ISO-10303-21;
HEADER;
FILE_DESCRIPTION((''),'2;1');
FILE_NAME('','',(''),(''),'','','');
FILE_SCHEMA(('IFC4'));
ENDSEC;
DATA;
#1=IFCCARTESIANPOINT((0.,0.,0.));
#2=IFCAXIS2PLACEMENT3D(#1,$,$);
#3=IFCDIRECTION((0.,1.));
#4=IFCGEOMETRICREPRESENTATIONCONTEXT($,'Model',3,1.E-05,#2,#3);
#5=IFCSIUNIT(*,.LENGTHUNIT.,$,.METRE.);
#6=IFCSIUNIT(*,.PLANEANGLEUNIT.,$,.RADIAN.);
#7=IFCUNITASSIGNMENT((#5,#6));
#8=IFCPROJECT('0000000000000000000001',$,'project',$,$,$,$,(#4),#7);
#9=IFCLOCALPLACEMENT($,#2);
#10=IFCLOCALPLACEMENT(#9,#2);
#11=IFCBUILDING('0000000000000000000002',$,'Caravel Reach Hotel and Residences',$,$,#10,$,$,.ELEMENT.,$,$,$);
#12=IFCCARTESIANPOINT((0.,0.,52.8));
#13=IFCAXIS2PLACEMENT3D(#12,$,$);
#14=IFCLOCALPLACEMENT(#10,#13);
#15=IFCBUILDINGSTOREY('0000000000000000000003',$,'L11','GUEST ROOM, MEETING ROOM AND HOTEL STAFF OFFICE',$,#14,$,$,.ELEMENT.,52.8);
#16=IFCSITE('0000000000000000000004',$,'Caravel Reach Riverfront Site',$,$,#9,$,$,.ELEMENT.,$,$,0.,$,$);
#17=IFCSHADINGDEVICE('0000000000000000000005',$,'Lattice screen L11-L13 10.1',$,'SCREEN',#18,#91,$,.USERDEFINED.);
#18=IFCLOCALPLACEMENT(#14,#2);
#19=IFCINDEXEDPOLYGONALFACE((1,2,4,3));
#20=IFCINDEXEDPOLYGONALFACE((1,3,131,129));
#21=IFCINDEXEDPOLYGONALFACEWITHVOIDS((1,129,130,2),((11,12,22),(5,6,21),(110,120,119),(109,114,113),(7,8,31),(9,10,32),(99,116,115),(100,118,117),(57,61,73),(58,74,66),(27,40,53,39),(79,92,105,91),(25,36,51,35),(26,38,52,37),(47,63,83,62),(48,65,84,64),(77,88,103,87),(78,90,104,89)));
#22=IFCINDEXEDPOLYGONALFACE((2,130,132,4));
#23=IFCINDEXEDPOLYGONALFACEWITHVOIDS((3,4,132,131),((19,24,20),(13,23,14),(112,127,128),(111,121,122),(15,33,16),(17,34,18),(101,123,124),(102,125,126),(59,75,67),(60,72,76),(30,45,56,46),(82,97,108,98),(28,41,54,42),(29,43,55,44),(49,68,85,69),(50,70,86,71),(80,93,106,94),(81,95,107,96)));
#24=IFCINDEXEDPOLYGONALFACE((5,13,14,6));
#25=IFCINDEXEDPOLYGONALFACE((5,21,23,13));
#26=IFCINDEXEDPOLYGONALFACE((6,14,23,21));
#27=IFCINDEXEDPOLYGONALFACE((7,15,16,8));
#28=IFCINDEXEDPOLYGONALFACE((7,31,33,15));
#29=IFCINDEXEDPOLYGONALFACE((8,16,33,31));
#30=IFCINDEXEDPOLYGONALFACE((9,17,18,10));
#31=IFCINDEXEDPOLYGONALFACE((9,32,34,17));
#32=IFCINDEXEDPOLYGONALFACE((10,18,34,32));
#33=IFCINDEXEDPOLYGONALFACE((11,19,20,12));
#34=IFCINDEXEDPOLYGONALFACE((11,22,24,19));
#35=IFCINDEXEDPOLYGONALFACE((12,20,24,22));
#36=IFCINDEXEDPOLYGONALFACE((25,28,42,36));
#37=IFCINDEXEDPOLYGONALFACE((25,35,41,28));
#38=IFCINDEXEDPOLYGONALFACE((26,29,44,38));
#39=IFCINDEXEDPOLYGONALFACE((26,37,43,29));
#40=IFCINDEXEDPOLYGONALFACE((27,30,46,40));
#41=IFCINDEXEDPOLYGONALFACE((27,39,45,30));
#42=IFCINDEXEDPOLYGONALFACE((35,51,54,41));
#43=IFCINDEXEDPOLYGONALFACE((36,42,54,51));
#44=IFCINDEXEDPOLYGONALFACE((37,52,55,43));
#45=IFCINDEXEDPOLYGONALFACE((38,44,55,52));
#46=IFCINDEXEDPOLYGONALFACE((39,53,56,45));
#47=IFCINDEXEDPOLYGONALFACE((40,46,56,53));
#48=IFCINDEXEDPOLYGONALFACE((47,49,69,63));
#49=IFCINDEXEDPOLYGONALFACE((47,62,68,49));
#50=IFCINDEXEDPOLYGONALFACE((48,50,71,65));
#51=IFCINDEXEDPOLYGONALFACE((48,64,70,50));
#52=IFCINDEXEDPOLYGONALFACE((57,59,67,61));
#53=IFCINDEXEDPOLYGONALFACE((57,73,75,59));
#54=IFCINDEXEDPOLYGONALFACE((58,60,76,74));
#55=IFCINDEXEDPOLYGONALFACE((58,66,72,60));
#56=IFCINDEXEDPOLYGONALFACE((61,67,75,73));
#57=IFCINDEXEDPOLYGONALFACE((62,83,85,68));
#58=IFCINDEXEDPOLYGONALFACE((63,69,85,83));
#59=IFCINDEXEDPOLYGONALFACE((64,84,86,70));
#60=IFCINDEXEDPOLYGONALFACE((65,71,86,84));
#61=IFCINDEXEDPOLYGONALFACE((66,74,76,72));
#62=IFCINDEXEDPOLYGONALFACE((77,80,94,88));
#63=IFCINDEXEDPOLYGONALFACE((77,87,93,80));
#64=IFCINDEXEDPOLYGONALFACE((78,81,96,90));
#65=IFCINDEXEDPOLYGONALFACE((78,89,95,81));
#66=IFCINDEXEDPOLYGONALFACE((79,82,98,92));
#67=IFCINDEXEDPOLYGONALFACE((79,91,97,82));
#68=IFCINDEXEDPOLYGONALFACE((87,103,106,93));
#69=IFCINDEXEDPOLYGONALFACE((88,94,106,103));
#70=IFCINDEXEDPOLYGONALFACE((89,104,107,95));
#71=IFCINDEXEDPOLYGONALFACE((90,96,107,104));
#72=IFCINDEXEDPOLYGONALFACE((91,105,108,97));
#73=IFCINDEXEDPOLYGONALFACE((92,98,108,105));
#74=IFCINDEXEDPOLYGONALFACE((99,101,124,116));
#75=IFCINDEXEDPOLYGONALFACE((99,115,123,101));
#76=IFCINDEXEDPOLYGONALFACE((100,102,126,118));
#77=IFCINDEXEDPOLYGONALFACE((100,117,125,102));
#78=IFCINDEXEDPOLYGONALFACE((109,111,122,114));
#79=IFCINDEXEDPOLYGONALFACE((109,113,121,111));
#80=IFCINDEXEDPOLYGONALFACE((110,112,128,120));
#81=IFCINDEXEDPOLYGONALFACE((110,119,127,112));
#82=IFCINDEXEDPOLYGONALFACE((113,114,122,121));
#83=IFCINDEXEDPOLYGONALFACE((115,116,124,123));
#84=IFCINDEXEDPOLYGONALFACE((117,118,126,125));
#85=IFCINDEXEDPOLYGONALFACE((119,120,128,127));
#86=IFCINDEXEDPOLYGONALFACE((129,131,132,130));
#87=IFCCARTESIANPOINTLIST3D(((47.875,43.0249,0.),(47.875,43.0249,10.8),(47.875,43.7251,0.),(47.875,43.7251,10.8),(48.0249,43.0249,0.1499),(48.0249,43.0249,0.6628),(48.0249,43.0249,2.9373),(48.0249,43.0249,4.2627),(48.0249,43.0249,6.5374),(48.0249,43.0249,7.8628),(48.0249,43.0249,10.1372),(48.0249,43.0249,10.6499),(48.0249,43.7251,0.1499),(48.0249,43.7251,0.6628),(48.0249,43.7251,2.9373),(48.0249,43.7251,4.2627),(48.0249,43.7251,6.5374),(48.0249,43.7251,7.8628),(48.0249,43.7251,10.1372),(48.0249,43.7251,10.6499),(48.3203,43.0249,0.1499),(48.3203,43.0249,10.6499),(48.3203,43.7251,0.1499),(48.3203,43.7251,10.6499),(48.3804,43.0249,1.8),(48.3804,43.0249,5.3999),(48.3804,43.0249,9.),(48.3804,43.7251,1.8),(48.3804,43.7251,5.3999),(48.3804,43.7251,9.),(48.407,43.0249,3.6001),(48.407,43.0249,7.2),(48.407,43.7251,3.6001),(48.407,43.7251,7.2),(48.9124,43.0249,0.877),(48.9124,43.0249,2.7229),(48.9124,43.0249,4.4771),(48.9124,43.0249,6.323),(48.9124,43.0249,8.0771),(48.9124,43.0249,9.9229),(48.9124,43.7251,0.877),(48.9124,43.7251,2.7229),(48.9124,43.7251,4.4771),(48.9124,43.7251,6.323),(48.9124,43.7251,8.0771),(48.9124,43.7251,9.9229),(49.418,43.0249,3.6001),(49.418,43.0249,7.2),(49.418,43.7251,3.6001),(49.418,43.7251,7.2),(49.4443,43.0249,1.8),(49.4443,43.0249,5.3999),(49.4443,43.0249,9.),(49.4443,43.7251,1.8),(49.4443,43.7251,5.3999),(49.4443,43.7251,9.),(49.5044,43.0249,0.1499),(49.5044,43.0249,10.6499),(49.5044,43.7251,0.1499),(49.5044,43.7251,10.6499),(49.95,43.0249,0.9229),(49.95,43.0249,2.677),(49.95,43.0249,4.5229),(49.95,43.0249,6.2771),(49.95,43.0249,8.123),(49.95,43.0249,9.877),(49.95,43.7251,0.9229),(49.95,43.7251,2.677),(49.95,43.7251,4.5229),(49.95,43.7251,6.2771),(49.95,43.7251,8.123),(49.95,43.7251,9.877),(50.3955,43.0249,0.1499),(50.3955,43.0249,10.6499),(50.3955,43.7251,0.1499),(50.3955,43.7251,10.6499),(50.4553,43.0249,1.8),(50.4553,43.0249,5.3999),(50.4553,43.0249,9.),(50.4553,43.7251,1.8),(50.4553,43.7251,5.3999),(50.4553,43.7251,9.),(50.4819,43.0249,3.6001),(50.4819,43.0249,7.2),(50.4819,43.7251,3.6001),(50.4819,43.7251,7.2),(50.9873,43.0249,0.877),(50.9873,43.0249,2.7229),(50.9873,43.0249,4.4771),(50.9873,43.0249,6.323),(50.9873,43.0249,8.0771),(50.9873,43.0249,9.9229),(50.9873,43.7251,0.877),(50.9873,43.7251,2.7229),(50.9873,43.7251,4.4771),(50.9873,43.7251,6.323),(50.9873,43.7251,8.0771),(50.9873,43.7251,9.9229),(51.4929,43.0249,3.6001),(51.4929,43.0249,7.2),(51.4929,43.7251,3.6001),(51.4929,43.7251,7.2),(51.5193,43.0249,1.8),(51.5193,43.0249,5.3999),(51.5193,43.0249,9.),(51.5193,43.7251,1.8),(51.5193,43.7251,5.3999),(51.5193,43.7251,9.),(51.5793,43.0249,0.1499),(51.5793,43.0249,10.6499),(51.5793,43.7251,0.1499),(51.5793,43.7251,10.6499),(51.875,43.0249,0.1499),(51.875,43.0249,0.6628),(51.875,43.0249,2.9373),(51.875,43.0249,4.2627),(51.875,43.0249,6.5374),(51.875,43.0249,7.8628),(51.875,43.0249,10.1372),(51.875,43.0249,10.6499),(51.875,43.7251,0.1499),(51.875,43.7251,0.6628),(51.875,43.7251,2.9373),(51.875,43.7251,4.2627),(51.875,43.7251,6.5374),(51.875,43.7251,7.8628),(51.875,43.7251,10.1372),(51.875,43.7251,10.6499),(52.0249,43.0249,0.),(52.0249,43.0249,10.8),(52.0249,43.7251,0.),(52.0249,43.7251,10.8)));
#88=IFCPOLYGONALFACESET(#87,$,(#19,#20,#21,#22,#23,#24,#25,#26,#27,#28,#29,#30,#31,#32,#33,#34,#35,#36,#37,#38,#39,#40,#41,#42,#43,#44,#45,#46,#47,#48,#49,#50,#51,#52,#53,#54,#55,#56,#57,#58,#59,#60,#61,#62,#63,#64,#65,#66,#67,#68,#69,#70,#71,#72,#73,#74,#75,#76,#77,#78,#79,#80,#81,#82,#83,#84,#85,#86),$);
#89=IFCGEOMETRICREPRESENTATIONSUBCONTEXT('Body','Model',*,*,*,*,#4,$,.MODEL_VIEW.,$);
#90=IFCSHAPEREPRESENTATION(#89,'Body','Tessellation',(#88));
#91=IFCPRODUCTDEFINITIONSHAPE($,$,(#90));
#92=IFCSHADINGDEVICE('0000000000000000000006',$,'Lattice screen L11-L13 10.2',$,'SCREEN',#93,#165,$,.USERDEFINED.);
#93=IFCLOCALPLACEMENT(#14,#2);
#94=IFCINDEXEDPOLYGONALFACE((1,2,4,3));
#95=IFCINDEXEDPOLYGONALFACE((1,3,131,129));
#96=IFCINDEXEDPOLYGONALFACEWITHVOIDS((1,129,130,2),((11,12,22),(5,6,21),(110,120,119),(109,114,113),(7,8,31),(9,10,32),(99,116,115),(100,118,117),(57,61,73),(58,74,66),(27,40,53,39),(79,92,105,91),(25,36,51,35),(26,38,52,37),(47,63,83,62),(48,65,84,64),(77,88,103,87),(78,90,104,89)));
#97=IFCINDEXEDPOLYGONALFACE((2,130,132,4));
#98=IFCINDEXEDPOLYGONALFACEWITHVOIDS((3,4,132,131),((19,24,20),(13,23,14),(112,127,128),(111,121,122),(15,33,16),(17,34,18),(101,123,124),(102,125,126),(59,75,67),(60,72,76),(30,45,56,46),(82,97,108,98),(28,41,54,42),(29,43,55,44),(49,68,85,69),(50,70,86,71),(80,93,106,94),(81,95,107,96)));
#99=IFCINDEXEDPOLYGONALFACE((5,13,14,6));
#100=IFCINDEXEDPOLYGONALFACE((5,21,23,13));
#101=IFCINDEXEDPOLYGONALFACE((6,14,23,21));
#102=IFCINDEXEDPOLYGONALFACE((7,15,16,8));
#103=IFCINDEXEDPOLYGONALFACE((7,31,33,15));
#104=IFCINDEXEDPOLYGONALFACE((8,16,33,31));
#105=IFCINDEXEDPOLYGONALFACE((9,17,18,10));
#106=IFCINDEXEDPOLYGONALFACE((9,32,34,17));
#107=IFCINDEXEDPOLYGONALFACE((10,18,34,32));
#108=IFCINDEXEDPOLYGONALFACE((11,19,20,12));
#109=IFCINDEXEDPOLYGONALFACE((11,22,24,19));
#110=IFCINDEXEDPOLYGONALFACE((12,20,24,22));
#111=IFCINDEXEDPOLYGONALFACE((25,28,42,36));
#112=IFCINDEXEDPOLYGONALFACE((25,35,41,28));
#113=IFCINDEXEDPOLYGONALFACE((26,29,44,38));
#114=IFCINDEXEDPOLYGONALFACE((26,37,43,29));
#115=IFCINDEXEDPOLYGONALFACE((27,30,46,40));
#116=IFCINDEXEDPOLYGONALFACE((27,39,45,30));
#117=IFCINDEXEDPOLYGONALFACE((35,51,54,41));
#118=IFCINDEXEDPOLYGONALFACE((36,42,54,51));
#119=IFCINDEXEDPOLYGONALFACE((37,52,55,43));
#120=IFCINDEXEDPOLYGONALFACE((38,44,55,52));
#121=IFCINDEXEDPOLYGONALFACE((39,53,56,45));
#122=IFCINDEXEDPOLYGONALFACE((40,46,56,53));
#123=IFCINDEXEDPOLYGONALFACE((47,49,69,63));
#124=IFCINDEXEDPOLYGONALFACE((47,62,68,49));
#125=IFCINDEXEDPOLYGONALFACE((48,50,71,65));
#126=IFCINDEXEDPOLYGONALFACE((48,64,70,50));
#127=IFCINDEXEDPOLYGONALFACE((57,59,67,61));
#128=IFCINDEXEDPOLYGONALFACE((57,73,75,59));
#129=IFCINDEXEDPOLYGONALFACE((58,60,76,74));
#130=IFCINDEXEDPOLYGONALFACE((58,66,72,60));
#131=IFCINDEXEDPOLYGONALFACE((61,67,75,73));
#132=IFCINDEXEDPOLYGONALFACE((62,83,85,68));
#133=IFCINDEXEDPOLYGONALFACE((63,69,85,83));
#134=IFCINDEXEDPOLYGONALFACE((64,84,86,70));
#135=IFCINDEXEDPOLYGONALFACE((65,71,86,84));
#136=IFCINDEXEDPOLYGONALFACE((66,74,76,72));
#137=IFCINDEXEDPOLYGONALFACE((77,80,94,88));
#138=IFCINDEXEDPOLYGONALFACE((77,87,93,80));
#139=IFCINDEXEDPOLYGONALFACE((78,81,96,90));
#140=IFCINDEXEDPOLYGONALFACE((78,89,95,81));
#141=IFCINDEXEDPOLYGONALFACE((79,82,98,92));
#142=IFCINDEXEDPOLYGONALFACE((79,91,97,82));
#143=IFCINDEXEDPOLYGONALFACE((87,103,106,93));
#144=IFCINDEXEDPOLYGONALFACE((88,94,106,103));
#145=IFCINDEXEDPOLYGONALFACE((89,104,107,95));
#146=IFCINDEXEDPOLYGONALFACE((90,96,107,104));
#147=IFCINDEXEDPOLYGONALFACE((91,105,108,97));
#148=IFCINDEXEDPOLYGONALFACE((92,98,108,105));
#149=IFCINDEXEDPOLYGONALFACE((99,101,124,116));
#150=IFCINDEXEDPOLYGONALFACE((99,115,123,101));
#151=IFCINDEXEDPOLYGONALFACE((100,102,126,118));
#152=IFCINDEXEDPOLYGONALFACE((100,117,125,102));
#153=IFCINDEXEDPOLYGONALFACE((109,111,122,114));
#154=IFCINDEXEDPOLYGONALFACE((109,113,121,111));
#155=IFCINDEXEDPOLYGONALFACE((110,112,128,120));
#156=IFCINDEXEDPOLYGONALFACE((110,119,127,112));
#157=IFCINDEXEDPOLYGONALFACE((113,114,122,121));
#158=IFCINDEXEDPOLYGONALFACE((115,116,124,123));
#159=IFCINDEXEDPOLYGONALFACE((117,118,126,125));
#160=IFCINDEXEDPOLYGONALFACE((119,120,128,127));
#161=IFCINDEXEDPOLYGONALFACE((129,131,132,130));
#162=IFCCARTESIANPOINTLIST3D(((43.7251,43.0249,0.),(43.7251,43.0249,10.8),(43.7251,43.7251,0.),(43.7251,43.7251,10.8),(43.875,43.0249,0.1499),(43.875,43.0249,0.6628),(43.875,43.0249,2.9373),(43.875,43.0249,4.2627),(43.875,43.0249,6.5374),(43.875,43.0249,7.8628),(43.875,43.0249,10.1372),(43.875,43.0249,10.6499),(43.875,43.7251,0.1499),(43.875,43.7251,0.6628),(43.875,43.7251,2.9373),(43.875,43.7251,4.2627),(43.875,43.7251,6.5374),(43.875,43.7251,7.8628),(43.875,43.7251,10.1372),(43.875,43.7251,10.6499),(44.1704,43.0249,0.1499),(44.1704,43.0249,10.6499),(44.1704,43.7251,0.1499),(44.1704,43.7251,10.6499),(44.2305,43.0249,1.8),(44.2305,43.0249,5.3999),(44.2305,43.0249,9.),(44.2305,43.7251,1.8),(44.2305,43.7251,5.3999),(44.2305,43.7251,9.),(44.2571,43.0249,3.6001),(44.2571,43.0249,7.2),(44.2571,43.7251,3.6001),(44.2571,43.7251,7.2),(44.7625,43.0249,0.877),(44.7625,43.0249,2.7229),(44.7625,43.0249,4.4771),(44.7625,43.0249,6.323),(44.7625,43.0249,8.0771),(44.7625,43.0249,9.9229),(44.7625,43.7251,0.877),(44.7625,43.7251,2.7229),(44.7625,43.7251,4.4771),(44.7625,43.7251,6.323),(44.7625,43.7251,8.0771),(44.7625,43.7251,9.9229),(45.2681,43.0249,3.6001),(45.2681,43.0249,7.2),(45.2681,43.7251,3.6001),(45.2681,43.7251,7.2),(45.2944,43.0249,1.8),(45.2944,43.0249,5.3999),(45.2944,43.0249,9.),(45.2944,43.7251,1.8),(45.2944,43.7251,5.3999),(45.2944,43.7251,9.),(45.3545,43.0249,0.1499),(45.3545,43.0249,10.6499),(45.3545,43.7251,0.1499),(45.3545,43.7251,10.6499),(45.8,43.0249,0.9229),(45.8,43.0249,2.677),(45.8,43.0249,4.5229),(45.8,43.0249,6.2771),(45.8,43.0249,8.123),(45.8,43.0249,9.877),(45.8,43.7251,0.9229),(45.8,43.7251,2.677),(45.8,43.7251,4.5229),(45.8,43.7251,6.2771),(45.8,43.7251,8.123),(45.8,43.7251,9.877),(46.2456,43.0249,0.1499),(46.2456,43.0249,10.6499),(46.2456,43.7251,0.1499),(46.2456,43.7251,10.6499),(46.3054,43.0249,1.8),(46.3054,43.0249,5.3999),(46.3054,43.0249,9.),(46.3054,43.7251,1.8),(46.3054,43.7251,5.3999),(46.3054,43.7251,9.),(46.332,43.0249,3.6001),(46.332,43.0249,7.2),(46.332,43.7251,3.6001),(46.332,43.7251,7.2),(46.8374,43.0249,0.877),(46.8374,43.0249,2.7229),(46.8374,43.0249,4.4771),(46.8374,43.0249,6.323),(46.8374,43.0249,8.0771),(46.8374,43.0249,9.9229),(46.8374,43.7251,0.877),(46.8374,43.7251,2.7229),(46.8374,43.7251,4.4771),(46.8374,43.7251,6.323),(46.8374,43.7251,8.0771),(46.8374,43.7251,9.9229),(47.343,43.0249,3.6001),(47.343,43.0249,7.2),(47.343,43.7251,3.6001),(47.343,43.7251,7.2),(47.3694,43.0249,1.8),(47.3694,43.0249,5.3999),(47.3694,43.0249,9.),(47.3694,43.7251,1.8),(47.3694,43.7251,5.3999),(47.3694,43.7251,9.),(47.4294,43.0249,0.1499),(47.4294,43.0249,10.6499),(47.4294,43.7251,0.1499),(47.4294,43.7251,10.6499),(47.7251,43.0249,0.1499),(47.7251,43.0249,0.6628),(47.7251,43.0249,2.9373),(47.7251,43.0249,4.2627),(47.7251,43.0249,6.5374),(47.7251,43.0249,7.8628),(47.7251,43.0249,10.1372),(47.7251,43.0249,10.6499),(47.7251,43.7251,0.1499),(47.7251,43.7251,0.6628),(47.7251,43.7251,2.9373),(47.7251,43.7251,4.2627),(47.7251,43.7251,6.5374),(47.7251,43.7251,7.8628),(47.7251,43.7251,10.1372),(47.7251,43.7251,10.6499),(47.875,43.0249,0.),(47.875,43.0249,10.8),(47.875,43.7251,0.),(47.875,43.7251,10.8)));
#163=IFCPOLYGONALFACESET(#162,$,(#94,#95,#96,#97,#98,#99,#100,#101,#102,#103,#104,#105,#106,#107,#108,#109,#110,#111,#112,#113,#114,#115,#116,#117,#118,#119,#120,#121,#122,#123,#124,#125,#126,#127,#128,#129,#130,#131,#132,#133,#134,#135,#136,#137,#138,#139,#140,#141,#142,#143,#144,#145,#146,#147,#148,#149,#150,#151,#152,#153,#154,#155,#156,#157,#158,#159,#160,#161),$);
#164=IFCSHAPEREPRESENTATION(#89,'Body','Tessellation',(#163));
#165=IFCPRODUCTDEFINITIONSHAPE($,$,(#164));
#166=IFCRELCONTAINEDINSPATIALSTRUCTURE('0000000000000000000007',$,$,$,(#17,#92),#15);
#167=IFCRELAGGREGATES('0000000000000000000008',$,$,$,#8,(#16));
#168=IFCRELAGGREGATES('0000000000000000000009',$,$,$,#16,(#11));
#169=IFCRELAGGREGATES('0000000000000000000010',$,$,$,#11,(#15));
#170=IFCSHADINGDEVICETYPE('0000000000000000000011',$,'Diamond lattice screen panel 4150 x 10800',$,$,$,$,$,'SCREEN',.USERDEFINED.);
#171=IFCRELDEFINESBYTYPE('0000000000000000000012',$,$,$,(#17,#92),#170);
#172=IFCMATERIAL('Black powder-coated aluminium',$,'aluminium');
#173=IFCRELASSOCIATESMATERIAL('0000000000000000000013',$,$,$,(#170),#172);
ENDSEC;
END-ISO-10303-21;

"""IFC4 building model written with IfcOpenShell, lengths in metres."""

from ifc_helpers import new_model, si_unit, direction, frame, origin, place, context, subcontext, project, spatial, polyline, outline, extrude, material, type_object, element, save


model = new_model("IFC4")

# Units and contexts
model_context = context("Model", 3, precision=1e-05, world=origin(), true_north=direction((0.0, 1.0)))
body_context = subcontext(model_context, "Body", "Model", "MODEL_VIEW")
ifc_project = project(units=[si_unit("LENGTHUNIT", "METRE"), si_unit("PLANEANGLEUNIT", "RADIAN")], contexts=[model_context])

# Site, building, storey
site_placement = place(None, origin())
site = spatial("IfcSite", under=ifc_project, at=site_placement, Name="Caravel Reach Riverfront Site", CompositionType="ELEMENT", RefElevation=0.0)
building_placement = place(site_placement, origin())
building = spatial("IfcBuilding", under=site, at=building_placement, Name="Caravel Reach Hotel and Residences", CompositionType="ELEMENT")
storey_placement = place(building_placement, frame((0.0, 0.0, 52.8)))
storey = spatial("IfcBuildingStorey", under=building, at=storey_placement, Name="L11", Description="GUEST ROOM, MEETING ROOM AND HOTEL STAFF OFFICE", CompositionType="ELEMENT", Elevation=52.8)

# Shading devices
ifc_material_1 = material(Name="Black powder-coated aluminium", Category="aluminium")
shading_device_type_1 = type_object("IfcShadingDeviceType", Name="Diamond lattice screen panel 4150 x 10800", ElementType="SCREEN", PredefinedType="USERDEFINED", material=ifc_material_1)
shading_device_1_placement = place(storey_placement, frame((52.0249, 43.0249, 0.0), z_axis=(0.0, 1.0, 0.0), x_axis=(-1.0, 0.0, 0.0)))
element("IfcShadingDevice", 1, at=shading_device_1_placement, inside=storey, type_object=shading_device_type_1, Name="Lattice screen L11-L13 10.1", ObjectType="SCREEN", PredefinedType="USERDEFINED", context=body_context, shape_type="SweptSolid", body=[
    extrude(outline(polyline([(0.0, 0.0), (4.1499, 0.0), (4.1499, 10.8), (0.0, 10.8), (0.0, 0.0)]), holes=[polyline([(0.4456, 0.1499), (0.1499, 0.6628), (0.1499, 0.1499), (0.4456, 0.1499)]), polyline([(0.532, 3.6001), (0.1499, 4.2627), (0.1499, 2.9373), (0.532, 3.6001)]), polyline([(0.532, 7.2), (0.1499, 7.8628), (0.1499, 6.5374), (0.532, 7.2)]), polyline([(0.1499, 10.1372), (0.4456, 10.6499), (0.1499, 10.6499), (0.1499, 10.1372)]), polyline([(1.0376, 2.7229), (0.5056, 1.8), (1.0376, 0.877), (1.5696, 1.8), (1.0376, 2.7229)]), polyline([(1.0376, 6.323), (0.5056, 5.3999), (1.0376, 4.4771), (1.5696, 5.3999), (1.0376, 6.323)]), polyline([(1.0376, 9.9229), (0.5056, 9.0), (1.0376, 8.0771), (1.5696, 9.0), (1.0376, 9.9229)]), polyline([(2.075, 0.9229), (1.6294, 0.1499), (2.5205, 0.1499), (2.075, 0.9229)]), polyline([(2.075, 4.5229), (1.543, 3.6001), (2.075, 2.677), (2.6069, 3.6001), (2.075, 4.5229)]), polyline([(2.075, 8.123), (1.543, 7.2), (2.075, 6.2771), (2.6069, 7.2), (2.075, 8.123)]), polyline([(2.075, 9.877), (2.5205, 10.6499), (1.6294, 10.6499), (2.075, 9.877)]), polyline([(3.1125, 2.7229), (2.5806, 1.8), (3.1125, 0.877), (3.6445, 1.8), (3.1125, 2.7229)]), polyline([(3.1125, 6.323), (2.5806, 5.3999), (3.1125, 4.4771), (3.6445, 5.3999), (3.1125, 6.323)]), polyline([(3.1125, 9.9229), (2.5806, 9.0), (3.1125, 8.0771), (3.6445, 9.0), (3.1125, 9.9229)]), polyline([(4.0, 0.6628), (3.7046, 0.1499), (4.0, 0.1499), (4.0, 0.6628)]), polyline([(3.6179, 3.6001), (4.0, 2.9373), (4.0, 4.2627), (3.6179, 3.6001)]), polyline([(3.6179, 7.2), (4.0, 6.5374), (4.0, 7.8628), (3.6179, 7.2)]), polyline([(3.7046, 10.6499), (4.0, 10.1372), (4.0, 10.6499), (3.7046, 10.6499)])]), origin(), (0.0, 0.0, 1.0), 0.7002),
])
shading_device_2_placement = place(storey_placement, frame((47.875, 43.0249, 0.0), z_axis=(0.0, 1.0, 0.0), x_axis=(-1.0, 0.0, 0.0)))
element("IfcShadingDevice", 2, at=shading_device_2_placement, inside=storey, type_object=shading_device_type_1, Name="Lattice screen L11-L13 10.2", ObjectType="SCREEN", PredefinedType="USERDEFINED", context=body_context, shape_type="SweptSolid", body=[
    extrude(outline(polyline([(0.0, 0.0), (4.1499, 0.0), (4.1499, 10.8), (0.0, 10.8), (0.0, 0.0)]), holes=[polyline([(0.4456, 0.1499), (0.1499, 0.6628), (0.1499, 0.1499), (0.4456, 0.1499)]), polyline([(0.532, 3.6001), (0.1499, 4.2627), (0.1499, 2.9373), (0.532, 3.6001)]), polyline([(0.532, 7.2), (0.1499, 7.8628), (0.1499, 6.5374), (0.532, 7.2)]), polyline([(0.1499, 10.1372), (0.4456, 10.6499), (0.1499, 10.6499), (0.1499, 10.1372)]), polyline([(1.0376, 2.7229), (0.5056, 1.8), (1.0376, 0.877), (1.5696, 1.8), (1.0376, 2.7229)]), polyline([(1.0376, 6.323), (0.5056, 5.3999), (1.0376, 4.4771), (1.5696, 5.3999), (1.0376, 6.323)]), polyline([(1.0376, 9.9229), (0.5056, 9.0), (1.0376, 8.0771), (1.5696, 9.0), (1.0376, 9.9229)]), polyline([(2.075, 0.9229), (1.6294, 0.1499), (2.5205, 0.1499), (2.075, 0.9229)]), polyline([(2.075, 4.5229), (1.543, 3.6001), (2.075, 2.677), (2.6069, 3.6001), (2.075, 4.5229)]), polyline([(2.075, 8.123), (1.543, 7.2), (2.075, 6.2771), (2.6069, 7.2), (2.075, 8.123)]), polyline([(2.075, 9.877), (2.5205, 10.6499), (1.6294, 10.6499), (2.075, 9.877)]), polyline([(3.1125, 2.7229), (2.5806, 1.8), (3.1125, 0.877), (3.6445, 1.8), (3.1125, 2.7229)]), polyline([(3.1125, 6.323), (2.5806, 5.3999), (3.1125, 4.4771), (3.6445, 5.3999), (3.1125, 6.323)]), polyline([(3.1125, 9.9229), (2.5806, 9.0), (3.1125, 8.0771), (3.6445, 9.0), (3.1125, 9.9229)]), polyline([(4.0, 0.6628), (3.7046, 0.1499), (4.0, 0.1499), (4.0, 0.6628)]), polyline([(3.6179, 3.6001), (4.0, 2.9373), (4.0, 4.2627), (3.6179, 3.6001)]), polyline([(3.6179, 7.2), (4.0, 6.5374), (4.0, 7.8628), (3.6179, 7.2)]), polyline([(3.7046, 10.6499), (4.0, 10.1372), (4.0, 10.6499), (3.7046, 10.6499)])]), origin(), (0.0, 0.0, 1.0), 0.7002),
])

save(model, "model.ifc")
